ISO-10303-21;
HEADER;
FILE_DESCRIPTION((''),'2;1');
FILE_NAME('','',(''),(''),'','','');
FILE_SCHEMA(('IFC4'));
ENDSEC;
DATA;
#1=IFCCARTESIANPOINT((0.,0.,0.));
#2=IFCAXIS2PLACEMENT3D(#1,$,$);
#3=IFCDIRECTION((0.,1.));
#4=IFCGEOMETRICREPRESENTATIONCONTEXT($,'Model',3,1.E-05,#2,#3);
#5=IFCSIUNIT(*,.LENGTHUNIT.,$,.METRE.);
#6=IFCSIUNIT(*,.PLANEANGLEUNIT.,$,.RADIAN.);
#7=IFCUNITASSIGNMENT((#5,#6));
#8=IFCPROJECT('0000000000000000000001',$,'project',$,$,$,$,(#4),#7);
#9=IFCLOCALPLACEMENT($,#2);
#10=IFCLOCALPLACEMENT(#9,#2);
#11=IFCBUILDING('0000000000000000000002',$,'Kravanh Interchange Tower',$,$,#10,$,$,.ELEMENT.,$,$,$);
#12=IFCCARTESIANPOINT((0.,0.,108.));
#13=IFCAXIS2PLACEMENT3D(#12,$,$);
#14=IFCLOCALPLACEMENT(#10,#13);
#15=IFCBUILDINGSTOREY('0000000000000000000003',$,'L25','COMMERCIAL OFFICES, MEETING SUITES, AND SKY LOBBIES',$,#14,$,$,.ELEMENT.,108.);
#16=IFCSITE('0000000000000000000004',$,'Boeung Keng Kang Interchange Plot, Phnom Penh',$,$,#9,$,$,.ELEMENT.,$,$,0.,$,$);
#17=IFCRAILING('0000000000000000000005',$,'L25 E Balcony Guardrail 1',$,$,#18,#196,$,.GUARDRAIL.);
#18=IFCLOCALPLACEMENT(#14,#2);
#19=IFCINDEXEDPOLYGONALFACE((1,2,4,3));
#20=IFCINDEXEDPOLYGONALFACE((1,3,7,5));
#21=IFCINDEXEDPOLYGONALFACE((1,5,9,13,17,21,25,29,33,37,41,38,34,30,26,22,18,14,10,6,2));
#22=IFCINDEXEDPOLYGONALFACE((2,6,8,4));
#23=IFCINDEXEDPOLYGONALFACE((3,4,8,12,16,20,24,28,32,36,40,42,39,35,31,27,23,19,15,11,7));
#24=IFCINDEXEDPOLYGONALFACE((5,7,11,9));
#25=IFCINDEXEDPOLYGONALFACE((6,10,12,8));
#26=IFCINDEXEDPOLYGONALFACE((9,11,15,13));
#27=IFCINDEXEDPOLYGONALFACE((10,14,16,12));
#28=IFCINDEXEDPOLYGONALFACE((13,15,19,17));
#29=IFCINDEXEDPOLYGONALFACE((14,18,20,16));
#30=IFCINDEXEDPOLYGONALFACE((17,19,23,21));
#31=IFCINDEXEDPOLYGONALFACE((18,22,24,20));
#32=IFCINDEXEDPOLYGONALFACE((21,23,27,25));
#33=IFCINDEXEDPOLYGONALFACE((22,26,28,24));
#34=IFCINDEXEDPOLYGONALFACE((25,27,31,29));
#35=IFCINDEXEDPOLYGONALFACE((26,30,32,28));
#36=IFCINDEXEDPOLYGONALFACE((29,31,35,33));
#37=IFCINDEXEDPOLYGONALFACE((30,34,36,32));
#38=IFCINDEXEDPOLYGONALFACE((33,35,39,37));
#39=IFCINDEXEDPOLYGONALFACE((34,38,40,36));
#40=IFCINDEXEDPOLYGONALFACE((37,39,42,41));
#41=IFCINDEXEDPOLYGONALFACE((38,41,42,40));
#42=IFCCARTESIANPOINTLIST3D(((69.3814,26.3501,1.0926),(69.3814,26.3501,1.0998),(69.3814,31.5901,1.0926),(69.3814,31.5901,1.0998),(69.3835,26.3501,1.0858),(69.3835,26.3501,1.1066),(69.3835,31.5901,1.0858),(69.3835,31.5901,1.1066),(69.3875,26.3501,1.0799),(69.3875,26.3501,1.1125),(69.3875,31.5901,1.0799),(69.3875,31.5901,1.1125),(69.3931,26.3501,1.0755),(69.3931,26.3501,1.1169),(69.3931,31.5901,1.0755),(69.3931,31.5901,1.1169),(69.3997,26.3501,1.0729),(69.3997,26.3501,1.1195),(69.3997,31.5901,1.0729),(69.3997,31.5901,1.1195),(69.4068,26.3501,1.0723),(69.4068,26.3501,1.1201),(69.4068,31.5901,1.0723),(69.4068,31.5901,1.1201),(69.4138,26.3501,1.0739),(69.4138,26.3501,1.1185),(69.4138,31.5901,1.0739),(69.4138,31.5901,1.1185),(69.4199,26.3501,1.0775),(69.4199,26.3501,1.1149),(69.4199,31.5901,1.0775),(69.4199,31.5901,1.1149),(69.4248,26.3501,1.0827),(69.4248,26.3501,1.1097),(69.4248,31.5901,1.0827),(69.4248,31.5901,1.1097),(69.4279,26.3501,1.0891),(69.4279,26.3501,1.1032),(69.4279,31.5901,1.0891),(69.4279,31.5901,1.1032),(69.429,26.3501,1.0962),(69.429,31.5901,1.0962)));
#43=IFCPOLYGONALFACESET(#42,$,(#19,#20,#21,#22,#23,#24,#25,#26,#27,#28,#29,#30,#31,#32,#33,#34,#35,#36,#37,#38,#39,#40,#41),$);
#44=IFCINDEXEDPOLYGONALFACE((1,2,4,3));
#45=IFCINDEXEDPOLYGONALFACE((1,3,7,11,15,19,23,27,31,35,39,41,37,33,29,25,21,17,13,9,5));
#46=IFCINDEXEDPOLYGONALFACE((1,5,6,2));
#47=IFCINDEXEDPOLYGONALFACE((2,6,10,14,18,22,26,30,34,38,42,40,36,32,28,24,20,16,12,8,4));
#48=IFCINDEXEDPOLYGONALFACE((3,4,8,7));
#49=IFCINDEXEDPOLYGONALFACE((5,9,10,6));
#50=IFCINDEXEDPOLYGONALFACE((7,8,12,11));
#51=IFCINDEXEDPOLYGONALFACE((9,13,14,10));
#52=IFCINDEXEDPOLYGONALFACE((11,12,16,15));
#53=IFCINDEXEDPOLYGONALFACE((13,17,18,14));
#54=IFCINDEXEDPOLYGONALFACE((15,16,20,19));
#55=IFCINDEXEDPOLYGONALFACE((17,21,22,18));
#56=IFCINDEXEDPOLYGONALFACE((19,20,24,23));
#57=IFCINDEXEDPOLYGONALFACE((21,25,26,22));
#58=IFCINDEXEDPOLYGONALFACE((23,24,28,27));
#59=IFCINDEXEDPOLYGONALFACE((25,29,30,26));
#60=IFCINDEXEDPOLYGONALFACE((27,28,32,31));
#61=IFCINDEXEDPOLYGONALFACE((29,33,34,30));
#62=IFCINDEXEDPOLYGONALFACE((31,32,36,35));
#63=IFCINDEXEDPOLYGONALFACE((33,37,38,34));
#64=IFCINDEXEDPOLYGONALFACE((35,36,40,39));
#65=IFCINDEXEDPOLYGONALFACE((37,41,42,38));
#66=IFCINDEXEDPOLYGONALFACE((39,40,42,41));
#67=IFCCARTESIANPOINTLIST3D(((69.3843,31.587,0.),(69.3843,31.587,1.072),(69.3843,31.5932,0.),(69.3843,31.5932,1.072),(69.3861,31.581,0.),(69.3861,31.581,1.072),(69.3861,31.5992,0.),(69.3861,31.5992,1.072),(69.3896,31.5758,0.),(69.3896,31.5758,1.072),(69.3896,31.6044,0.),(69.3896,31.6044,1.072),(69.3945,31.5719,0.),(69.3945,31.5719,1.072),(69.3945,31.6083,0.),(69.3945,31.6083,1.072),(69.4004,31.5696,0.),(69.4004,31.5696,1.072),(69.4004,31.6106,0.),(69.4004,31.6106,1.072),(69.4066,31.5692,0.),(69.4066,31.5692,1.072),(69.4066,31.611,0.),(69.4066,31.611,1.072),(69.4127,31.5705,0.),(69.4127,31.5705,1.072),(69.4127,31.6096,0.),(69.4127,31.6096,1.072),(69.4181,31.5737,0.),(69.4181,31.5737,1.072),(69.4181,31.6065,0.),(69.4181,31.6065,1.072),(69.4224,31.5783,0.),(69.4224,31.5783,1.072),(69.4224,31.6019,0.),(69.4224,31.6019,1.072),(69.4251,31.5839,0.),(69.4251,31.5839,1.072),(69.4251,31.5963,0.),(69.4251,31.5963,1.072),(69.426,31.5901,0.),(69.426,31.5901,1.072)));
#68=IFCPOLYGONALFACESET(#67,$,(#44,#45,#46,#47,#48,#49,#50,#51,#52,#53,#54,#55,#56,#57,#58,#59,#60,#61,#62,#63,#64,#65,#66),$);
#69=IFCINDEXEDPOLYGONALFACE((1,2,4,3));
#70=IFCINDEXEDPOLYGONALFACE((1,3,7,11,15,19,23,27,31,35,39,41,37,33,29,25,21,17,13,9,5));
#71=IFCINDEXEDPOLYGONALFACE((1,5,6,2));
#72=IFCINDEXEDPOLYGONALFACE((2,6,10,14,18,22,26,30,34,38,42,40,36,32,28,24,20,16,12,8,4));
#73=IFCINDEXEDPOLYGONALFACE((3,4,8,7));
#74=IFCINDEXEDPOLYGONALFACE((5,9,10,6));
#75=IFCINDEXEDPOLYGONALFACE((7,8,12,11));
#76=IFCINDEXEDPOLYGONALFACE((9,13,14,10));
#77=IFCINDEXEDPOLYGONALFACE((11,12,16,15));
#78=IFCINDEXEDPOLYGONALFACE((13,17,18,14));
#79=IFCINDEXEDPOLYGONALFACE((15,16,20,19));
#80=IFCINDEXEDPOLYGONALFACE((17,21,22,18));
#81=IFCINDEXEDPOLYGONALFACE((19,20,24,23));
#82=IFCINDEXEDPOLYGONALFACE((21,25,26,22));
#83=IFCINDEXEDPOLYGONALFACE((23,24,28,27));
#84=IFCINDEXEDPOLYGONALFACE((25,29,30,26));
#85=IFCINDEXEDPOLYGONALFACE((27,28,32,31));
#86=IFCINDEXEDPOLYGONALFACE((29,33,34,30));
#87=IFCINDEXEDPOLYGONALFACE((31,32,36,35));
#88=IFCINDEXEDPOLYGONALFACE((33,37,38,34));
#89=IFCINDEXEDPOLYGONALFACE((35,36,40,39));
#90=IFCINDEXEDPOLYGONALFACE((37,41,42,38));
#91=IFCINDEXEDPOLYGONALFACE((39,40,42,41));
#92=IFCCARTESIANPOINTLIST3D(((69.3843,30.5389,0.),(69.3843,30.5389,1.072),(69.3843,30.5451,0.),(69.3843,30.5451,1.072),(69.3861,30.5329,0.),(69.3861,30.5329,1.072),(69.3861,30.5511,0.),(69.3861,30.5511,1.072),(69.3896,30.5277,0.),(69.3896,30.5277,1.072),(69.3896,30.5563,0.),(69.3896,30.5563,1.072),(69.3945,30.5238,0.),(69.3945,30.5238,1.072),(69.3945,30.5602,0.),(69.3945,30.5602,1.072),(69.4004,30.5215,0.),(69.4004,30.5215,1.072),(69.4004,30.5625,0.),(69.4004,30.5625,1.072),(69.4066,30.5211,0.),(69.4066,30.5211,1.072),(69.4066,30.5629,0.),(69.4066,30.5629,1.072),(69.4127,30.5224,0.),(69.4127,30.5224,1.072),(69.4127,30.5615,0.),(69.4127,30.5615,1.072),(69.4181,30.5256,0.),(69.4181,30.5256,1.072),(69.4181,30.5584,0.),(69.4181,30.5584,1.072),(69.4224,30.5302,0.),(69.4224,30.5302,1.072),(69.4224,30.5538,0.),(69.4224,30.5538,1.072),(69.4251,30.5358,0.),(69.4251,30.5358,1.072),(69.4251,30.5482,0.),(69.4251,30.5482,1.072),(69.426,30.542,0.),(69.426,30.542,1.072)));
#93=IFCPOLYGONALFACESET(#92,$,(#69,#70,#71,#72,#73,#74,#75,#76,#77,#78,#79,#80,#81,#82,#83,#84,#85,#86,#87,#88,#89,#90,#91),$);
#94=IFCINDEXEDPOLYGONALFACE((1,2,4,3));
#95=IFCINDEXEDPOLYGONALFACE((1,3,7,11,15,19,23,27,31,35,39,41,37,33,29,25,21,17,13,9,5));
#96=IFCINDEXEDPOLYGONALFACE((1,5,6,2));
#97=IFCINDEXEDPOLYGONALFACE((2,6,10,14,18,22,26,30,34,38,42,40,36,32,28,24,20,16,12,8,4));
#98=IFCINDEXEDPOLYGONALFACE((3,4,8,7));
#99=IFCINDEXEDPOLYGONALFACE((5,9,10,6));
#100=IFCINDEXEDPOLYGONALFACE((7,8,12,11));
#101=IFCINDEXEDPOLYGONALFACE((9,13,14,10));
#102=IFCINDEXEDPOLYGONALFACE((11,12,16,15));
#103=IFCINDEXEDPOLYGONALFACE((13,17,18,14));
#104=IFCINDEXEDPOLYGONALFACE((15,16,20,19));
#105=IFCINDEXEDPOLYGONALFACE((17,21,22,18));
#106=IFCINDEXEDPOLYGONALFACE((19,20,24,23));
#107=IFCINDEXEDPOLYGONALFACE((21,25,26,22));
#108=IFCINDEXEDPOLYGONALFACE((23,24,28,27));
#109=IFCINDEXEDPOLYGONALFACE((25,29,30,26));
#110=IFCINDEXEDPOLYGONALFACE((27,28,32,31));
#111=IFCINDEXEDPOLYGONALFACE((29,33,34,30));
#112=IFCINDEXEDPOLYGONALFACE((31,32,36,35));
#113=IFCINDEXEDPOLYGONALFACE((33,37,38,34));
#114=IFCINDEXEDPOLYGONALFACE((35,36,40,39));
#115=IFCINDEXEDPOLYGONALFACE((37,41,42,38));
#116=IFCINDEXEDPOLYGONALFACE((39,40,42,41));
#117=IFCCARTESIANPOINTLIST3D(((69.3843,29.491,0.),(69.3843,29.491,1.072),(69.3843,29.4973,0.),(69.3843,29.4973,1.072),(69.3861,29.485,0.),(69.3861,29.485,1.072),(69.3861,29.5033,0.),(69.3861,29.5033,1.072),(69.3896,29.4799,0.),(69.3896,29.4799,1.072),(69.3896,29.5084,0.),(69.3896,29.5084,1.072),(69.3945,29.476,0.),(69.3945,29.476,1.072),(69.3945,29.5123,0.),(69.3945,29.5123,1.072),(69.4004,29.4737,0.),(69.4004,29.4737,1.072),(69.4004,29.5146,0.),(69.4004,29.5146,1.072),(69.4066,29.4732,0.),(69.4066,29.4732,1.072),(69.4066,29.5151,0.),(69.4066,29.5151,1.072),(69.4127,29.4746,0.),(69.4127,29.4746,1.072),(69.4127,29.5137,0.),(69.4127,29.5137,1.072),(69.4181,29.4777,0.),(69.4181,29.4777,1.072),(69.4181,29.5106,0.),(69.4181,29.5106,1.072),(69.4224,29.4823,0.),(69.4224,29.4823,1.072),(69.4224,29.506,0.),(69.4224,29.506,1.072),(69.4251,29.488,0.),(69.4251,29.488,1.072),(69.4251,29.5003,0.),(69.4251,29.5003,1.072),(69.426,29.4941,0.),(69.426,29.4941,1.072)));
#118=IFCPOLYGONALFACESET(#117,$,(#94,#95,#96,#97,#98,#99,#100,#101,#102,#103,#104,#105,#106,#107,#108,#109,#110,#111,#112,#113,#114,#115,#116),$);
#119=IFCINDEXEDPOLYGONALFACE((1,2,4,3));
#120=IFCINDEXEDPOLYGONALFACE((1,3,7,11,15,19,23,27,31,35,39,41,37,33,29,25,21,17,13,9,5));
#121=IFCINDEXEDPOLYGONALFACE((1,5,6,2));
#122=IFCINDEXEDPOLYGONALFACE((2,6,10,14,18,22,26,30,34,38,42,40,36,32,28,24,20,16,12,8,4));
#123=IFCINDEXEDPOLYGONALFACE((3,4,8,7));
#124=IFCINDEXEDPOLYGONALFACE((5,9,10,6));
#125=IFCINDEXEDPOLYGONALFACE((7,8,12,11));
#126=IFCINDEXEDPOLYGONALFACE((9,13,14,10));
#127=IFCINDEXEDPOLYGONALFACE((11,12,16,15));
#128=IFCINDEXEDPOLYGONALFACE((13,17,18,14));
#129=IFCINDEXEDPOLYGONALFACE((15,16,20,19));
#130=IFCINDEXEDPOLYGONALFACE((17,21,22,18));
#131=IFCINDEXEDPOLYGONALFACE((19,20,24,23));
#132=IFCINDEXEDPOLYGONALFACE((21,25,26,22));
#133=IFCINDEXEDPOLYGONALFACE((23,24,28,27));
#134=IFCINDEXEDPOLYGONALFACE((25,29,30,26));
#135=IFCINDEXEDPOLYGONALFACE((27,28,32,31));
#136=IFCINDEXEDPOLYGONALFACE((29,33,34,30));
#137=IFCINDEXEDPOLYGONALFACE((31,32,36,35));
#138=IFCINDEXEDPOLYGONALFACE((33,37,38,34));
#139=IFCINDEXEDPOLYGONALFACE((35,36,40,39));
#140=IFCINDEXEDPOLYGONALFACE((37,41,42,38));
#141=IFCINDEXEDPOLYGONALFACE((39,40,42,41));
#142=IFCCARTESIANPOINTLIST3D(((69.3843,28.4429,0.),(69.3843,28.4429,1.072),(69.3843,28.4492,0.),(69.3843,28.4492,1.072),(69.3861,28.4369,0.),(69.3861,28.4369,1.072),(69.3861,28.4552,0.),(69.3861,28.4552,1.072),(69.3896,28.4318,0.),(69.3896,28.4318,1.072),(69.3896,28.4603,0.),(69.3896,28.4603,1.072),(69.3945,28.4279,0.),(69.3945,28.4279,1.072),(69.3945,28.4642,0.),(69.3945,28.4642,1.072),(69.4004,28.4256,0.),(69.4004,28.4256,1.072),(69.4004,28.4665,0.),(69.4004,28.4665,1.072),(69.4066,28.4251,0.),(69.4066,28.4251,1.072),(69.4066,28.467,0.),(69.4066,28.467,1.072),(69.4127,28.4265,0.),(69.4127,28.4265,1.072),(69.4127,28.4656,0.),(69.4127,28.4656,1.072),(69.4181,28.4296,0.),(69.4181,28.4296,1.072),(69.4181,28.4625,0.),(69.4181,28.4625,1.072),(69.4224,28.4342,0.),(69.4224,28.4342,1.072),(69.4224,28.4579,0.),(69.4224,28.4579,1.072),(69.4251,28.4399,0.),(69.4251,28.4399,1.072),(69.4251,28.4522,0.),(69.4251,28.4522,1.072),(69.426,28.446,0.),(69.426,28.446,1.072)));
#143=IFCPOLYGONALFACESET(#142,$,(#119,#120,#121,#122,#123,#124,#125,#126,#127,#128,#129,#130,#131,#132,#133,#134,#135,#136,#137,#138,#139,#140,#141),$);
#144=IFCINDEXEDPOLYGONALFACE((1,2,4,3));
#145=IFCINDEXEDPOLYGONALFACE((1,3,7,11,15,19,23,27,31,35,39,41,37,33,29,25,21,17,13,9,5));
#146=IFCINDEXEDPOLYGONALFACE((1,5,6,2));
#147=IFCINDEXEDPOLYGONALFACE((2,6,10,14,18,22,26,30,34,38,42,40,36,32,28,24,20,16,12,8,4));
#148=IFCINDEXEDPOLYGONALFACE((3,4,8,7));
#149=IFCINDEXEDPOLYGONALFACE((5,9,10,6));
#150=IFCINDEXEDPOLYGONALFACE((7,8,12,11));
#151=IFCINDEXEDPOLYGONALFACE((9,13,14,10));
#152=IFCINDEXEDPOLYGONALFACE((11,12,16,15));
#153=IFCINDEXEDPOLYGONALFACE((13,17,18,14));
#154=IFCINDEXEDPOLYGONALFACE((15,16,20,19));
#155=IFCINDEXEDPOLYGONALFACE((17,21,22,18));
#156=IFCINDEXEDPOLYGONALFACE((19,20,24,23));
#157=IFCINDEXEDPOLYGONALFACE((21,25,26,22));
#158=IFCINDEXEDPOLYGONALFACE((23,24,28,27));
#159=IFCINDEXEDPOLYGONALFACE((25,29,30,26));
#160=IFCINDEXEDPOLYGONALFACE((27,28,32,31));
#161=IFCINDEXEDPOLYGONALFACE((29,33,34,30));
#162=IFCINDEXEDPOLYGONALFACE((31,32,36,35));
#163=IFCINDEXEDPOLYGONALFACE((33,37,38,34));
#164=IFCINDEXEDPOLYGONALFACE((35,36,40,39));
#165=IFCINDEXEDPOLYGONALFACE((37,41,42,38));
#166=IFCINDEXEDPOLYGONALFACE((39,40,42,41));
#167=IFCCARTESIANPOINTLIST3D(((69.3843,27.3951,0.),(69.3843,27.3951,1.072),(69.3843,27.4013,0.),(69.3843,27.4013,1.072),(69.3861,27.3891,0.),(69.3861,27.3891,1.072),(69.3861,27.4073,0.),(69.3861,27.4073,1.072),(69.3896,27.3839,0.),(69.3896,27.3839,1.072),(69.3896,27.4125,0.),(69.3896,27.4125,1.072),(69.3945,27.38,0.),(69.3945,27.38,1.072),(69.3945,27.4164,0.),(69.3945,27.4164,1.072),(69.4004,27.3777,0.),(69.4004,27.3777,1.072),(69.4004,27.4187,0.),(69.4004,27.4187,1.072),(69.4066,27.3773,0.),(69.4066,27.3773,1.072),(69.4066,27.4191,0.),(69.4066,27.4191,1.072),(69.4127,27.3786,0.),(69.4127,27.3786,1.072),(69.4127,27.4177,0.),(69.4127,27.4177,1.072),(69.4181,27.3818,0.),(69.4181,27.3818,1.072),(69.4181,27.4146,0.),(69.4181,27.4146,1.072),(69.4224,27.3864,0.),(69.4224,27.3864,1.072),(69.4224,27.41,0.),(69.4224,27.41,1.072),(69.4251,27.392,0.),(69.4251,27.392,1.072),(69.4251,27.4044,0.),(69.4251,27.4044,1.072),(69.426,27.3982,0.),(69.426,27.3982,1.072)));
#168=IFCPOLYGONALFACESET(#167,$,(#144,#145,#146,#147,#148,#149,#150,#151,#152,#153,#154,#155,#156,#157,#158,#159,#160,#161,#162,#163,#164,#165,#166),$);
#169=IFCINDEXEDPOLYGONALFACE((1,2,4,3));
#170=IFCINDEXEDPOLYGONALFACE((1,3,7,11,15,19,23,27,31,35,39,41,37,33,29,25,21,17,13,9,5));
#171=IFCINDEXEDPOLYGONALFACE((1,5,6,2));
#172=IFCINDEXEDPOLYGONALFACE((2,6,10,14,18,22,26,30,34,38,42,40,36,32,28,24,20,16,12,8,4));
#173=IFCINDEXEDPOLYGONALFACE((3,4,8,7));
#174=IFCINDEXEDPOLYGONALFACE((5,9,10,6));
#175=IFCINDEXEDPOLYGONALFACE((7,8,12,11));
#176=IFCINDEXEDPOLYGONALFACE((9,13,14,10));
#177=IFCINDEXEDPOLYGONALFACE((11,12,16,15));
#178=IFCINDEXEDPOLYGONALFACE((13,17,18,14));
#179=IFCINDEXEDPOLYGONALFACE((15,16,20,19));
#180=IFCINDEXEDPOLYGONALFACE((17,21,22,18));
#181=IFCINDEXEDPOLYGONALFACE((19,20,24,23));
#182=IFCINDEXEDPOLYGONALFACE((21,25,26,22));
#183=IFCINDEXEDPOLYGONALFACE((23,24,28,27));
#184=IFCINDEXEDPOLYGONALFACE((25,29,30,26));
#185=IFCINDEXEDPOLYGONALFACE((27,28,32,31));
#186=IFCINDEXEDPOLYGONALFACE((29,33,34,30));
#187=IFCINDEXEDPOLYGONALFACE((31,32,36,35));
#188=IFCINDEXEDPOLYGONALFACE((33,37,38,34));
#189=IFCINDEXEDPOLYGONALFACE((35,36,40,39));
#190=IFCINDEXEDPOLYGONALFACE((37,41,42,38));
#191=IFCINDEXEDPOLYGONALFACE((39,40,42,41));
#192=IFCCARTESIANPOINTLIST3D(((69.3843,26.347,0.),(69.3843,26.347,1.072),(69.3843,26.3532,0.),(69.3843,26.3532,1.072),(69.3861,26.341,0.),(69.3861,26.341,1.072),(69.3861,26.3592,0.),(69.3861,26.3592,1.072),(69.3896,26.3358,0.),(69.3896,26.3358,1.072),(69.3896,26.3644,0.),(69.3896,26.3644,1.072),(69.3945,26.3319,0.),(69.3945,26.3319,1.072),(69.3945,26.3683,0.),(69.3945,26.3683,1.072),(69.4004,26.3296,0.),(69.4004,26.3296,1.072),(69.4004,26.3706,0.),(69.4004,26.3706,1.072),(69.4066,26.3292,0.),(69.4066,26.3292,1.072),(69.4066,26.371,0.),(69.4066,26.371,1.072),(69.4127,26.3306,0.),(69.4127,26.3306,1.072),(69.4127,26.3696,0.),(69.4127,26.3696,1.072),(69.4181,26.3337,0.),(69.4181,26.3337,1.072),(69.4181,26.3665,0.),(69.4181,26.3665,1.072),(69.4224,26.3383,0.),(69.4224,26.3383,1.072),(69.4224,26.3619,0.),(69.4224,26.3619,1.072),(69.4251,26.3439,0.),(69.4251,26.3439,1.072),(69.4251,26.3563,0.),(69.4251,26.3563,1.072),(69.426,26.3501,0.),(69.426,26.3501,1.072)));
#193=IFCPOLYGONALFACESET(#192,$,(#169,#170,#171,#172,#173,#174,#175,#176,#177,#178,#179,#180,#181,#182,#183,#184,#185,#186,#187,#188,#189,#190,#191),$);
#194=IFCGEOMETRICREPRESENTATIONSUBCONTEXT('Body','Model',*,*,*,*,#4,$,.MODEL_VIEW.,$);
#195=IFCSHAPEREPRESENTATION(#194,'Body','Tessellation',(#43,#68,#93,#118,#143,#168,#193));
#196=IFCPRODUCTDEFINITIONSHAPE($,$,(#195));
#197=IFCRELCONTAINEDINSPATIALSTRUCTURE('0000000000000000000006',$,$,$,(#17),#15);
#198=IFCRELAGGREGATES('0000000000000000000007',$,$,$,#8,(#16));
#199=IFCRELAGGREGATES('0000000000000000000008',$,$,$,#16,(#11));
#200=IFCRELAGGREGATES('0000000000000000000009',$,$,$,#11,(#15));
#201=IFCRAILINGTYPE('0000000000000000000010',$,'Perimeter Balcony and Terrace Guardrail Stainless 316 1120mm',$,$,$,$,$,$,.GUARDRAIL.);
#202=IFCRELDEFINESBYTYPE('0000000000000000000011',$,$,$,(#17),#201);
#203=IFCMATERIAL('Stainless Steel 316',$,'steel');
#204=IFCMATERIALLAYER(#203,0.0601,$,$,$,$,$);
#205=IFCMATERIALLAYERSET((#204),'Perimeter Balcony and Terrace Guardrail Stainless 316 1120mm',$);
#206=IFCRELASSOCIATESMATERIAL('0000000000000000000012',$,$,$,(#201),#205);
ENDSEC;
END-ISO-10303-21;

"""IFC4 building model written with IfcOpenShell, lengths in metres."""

from ifc_helpers import new_model, si_unit, direction, frame, origin, origin_2d, place, context, subcontext, project, spatial, circle, extrude, material, layer, layer_set, type_object, element, save


model = new_model("IFC4")

# Units and contexts
model_context = context("Model", 3, precision=1e-05, world=origin(), true_north=direction((0.0, 1.0)))
body_context = subcontext(model_context, "Body", "Model", "MODEL_VIEW")
ifc_project = project(units=[si_unit("LENGTHUNIT", "METRE"), si_unit("PLANEANGLEUNIT", "RADIAN")], contexts=[model_context])

# Site, building, storey
site_placement = place(None, origin())
site = spatial("IfcSite", under=ifc_project, at=site_placement, Name="Boeung Keng Kang Interchange Plot, Phnom Penh", CompositionType="ELEMENT", RefElevation=0.0)
building_placement = place(site_placement, origin())
building = spatial("IfcBuilding", under=site, at=building_placement, Name="Kravanh Interchange Tower", CompositionType="ELEMENT")
storey_placement = place(building_placement, frame((0.0, 0.0, 108.0)))
storey = spatial("IfcBuildingStorey", under=building, at=storey_placement, Name="L25", Description="COMMERCIAL OFFICES, MEETING SUITES, AND SKY LOBBIES", CompositionType="ELEMENT", Elevation=108.0)

# Railing
ifc_material_1 = material(Name="Stainless Steel 316", Category="steel")
ifc_layer_1 = layer(ifc_material_1, 0.0601)
ifc_layer_set_1 = layer_set([ifc_layer_1], Name="Perimeter Balcony and Terrace Guardrail Stainless 316 1120mm")
railing_type = type_object("IfcRailingType", Name="Perimeter Balcony and Terrace Guardrail Stainless 316 1120mm", PredefinedType="GUARDRAIL", material=ifc_layer_set_1)
railing_1_placement = place(storey_placement, frame((69.405, 31.5901, 0.0)))
element("IfcRailing", 1, at=railing_1_placement, inside=storey, type_object=railing_type, Name="L25 E Balcony Guardrail 1", PredefinedType="GUARDRAIL", context=body_context, shape_type="SweptSolid", body=[
    extrude(circle(Radius=0.0239, at=origin_2d()), frame((0.0, 0.0, 1.0962), z_axis=(0.0, -1.0, 0.0), x_axis=(1.0, 0.0, 0.0)), (0.0, 0.0, 1.0), 5.24),
    extrude(circle(Radius=0.021, at=origin_2d()), origin(), (0.0, 0.0, 1.0), 1.072),
    extrude(circle(Radius=0.021, at=origin_2d()), frame((0.0, -1.0481, 0.0)), (0.0, 0.0, 1.0), 1.072),
    extrude(circle(Radius=0.021, at=origin_2d()), frame((0.0, -2.0959, 0.0)), (0.0, 0.0, 1.0), 1.072),
    extrude(circle(Radius=0.021, at=origin_2d()), frame((0.0, -3.144, 0.0)), (0.0, 0.0, 1.0), 1.072),
    extrude(circle(Radius=0.021, at=origin_2d()), frame((0.0, -4.1919, 0.0)), (0.0, 0.0, 1.0), 1.072),
    extrude(circle(Radius=0.021, at=origin_2d()), frame((0.0, -5.24, 0.0)), (0.0, 0.0, 1.0), 1.072),
])

save(model, "model.ifc")
